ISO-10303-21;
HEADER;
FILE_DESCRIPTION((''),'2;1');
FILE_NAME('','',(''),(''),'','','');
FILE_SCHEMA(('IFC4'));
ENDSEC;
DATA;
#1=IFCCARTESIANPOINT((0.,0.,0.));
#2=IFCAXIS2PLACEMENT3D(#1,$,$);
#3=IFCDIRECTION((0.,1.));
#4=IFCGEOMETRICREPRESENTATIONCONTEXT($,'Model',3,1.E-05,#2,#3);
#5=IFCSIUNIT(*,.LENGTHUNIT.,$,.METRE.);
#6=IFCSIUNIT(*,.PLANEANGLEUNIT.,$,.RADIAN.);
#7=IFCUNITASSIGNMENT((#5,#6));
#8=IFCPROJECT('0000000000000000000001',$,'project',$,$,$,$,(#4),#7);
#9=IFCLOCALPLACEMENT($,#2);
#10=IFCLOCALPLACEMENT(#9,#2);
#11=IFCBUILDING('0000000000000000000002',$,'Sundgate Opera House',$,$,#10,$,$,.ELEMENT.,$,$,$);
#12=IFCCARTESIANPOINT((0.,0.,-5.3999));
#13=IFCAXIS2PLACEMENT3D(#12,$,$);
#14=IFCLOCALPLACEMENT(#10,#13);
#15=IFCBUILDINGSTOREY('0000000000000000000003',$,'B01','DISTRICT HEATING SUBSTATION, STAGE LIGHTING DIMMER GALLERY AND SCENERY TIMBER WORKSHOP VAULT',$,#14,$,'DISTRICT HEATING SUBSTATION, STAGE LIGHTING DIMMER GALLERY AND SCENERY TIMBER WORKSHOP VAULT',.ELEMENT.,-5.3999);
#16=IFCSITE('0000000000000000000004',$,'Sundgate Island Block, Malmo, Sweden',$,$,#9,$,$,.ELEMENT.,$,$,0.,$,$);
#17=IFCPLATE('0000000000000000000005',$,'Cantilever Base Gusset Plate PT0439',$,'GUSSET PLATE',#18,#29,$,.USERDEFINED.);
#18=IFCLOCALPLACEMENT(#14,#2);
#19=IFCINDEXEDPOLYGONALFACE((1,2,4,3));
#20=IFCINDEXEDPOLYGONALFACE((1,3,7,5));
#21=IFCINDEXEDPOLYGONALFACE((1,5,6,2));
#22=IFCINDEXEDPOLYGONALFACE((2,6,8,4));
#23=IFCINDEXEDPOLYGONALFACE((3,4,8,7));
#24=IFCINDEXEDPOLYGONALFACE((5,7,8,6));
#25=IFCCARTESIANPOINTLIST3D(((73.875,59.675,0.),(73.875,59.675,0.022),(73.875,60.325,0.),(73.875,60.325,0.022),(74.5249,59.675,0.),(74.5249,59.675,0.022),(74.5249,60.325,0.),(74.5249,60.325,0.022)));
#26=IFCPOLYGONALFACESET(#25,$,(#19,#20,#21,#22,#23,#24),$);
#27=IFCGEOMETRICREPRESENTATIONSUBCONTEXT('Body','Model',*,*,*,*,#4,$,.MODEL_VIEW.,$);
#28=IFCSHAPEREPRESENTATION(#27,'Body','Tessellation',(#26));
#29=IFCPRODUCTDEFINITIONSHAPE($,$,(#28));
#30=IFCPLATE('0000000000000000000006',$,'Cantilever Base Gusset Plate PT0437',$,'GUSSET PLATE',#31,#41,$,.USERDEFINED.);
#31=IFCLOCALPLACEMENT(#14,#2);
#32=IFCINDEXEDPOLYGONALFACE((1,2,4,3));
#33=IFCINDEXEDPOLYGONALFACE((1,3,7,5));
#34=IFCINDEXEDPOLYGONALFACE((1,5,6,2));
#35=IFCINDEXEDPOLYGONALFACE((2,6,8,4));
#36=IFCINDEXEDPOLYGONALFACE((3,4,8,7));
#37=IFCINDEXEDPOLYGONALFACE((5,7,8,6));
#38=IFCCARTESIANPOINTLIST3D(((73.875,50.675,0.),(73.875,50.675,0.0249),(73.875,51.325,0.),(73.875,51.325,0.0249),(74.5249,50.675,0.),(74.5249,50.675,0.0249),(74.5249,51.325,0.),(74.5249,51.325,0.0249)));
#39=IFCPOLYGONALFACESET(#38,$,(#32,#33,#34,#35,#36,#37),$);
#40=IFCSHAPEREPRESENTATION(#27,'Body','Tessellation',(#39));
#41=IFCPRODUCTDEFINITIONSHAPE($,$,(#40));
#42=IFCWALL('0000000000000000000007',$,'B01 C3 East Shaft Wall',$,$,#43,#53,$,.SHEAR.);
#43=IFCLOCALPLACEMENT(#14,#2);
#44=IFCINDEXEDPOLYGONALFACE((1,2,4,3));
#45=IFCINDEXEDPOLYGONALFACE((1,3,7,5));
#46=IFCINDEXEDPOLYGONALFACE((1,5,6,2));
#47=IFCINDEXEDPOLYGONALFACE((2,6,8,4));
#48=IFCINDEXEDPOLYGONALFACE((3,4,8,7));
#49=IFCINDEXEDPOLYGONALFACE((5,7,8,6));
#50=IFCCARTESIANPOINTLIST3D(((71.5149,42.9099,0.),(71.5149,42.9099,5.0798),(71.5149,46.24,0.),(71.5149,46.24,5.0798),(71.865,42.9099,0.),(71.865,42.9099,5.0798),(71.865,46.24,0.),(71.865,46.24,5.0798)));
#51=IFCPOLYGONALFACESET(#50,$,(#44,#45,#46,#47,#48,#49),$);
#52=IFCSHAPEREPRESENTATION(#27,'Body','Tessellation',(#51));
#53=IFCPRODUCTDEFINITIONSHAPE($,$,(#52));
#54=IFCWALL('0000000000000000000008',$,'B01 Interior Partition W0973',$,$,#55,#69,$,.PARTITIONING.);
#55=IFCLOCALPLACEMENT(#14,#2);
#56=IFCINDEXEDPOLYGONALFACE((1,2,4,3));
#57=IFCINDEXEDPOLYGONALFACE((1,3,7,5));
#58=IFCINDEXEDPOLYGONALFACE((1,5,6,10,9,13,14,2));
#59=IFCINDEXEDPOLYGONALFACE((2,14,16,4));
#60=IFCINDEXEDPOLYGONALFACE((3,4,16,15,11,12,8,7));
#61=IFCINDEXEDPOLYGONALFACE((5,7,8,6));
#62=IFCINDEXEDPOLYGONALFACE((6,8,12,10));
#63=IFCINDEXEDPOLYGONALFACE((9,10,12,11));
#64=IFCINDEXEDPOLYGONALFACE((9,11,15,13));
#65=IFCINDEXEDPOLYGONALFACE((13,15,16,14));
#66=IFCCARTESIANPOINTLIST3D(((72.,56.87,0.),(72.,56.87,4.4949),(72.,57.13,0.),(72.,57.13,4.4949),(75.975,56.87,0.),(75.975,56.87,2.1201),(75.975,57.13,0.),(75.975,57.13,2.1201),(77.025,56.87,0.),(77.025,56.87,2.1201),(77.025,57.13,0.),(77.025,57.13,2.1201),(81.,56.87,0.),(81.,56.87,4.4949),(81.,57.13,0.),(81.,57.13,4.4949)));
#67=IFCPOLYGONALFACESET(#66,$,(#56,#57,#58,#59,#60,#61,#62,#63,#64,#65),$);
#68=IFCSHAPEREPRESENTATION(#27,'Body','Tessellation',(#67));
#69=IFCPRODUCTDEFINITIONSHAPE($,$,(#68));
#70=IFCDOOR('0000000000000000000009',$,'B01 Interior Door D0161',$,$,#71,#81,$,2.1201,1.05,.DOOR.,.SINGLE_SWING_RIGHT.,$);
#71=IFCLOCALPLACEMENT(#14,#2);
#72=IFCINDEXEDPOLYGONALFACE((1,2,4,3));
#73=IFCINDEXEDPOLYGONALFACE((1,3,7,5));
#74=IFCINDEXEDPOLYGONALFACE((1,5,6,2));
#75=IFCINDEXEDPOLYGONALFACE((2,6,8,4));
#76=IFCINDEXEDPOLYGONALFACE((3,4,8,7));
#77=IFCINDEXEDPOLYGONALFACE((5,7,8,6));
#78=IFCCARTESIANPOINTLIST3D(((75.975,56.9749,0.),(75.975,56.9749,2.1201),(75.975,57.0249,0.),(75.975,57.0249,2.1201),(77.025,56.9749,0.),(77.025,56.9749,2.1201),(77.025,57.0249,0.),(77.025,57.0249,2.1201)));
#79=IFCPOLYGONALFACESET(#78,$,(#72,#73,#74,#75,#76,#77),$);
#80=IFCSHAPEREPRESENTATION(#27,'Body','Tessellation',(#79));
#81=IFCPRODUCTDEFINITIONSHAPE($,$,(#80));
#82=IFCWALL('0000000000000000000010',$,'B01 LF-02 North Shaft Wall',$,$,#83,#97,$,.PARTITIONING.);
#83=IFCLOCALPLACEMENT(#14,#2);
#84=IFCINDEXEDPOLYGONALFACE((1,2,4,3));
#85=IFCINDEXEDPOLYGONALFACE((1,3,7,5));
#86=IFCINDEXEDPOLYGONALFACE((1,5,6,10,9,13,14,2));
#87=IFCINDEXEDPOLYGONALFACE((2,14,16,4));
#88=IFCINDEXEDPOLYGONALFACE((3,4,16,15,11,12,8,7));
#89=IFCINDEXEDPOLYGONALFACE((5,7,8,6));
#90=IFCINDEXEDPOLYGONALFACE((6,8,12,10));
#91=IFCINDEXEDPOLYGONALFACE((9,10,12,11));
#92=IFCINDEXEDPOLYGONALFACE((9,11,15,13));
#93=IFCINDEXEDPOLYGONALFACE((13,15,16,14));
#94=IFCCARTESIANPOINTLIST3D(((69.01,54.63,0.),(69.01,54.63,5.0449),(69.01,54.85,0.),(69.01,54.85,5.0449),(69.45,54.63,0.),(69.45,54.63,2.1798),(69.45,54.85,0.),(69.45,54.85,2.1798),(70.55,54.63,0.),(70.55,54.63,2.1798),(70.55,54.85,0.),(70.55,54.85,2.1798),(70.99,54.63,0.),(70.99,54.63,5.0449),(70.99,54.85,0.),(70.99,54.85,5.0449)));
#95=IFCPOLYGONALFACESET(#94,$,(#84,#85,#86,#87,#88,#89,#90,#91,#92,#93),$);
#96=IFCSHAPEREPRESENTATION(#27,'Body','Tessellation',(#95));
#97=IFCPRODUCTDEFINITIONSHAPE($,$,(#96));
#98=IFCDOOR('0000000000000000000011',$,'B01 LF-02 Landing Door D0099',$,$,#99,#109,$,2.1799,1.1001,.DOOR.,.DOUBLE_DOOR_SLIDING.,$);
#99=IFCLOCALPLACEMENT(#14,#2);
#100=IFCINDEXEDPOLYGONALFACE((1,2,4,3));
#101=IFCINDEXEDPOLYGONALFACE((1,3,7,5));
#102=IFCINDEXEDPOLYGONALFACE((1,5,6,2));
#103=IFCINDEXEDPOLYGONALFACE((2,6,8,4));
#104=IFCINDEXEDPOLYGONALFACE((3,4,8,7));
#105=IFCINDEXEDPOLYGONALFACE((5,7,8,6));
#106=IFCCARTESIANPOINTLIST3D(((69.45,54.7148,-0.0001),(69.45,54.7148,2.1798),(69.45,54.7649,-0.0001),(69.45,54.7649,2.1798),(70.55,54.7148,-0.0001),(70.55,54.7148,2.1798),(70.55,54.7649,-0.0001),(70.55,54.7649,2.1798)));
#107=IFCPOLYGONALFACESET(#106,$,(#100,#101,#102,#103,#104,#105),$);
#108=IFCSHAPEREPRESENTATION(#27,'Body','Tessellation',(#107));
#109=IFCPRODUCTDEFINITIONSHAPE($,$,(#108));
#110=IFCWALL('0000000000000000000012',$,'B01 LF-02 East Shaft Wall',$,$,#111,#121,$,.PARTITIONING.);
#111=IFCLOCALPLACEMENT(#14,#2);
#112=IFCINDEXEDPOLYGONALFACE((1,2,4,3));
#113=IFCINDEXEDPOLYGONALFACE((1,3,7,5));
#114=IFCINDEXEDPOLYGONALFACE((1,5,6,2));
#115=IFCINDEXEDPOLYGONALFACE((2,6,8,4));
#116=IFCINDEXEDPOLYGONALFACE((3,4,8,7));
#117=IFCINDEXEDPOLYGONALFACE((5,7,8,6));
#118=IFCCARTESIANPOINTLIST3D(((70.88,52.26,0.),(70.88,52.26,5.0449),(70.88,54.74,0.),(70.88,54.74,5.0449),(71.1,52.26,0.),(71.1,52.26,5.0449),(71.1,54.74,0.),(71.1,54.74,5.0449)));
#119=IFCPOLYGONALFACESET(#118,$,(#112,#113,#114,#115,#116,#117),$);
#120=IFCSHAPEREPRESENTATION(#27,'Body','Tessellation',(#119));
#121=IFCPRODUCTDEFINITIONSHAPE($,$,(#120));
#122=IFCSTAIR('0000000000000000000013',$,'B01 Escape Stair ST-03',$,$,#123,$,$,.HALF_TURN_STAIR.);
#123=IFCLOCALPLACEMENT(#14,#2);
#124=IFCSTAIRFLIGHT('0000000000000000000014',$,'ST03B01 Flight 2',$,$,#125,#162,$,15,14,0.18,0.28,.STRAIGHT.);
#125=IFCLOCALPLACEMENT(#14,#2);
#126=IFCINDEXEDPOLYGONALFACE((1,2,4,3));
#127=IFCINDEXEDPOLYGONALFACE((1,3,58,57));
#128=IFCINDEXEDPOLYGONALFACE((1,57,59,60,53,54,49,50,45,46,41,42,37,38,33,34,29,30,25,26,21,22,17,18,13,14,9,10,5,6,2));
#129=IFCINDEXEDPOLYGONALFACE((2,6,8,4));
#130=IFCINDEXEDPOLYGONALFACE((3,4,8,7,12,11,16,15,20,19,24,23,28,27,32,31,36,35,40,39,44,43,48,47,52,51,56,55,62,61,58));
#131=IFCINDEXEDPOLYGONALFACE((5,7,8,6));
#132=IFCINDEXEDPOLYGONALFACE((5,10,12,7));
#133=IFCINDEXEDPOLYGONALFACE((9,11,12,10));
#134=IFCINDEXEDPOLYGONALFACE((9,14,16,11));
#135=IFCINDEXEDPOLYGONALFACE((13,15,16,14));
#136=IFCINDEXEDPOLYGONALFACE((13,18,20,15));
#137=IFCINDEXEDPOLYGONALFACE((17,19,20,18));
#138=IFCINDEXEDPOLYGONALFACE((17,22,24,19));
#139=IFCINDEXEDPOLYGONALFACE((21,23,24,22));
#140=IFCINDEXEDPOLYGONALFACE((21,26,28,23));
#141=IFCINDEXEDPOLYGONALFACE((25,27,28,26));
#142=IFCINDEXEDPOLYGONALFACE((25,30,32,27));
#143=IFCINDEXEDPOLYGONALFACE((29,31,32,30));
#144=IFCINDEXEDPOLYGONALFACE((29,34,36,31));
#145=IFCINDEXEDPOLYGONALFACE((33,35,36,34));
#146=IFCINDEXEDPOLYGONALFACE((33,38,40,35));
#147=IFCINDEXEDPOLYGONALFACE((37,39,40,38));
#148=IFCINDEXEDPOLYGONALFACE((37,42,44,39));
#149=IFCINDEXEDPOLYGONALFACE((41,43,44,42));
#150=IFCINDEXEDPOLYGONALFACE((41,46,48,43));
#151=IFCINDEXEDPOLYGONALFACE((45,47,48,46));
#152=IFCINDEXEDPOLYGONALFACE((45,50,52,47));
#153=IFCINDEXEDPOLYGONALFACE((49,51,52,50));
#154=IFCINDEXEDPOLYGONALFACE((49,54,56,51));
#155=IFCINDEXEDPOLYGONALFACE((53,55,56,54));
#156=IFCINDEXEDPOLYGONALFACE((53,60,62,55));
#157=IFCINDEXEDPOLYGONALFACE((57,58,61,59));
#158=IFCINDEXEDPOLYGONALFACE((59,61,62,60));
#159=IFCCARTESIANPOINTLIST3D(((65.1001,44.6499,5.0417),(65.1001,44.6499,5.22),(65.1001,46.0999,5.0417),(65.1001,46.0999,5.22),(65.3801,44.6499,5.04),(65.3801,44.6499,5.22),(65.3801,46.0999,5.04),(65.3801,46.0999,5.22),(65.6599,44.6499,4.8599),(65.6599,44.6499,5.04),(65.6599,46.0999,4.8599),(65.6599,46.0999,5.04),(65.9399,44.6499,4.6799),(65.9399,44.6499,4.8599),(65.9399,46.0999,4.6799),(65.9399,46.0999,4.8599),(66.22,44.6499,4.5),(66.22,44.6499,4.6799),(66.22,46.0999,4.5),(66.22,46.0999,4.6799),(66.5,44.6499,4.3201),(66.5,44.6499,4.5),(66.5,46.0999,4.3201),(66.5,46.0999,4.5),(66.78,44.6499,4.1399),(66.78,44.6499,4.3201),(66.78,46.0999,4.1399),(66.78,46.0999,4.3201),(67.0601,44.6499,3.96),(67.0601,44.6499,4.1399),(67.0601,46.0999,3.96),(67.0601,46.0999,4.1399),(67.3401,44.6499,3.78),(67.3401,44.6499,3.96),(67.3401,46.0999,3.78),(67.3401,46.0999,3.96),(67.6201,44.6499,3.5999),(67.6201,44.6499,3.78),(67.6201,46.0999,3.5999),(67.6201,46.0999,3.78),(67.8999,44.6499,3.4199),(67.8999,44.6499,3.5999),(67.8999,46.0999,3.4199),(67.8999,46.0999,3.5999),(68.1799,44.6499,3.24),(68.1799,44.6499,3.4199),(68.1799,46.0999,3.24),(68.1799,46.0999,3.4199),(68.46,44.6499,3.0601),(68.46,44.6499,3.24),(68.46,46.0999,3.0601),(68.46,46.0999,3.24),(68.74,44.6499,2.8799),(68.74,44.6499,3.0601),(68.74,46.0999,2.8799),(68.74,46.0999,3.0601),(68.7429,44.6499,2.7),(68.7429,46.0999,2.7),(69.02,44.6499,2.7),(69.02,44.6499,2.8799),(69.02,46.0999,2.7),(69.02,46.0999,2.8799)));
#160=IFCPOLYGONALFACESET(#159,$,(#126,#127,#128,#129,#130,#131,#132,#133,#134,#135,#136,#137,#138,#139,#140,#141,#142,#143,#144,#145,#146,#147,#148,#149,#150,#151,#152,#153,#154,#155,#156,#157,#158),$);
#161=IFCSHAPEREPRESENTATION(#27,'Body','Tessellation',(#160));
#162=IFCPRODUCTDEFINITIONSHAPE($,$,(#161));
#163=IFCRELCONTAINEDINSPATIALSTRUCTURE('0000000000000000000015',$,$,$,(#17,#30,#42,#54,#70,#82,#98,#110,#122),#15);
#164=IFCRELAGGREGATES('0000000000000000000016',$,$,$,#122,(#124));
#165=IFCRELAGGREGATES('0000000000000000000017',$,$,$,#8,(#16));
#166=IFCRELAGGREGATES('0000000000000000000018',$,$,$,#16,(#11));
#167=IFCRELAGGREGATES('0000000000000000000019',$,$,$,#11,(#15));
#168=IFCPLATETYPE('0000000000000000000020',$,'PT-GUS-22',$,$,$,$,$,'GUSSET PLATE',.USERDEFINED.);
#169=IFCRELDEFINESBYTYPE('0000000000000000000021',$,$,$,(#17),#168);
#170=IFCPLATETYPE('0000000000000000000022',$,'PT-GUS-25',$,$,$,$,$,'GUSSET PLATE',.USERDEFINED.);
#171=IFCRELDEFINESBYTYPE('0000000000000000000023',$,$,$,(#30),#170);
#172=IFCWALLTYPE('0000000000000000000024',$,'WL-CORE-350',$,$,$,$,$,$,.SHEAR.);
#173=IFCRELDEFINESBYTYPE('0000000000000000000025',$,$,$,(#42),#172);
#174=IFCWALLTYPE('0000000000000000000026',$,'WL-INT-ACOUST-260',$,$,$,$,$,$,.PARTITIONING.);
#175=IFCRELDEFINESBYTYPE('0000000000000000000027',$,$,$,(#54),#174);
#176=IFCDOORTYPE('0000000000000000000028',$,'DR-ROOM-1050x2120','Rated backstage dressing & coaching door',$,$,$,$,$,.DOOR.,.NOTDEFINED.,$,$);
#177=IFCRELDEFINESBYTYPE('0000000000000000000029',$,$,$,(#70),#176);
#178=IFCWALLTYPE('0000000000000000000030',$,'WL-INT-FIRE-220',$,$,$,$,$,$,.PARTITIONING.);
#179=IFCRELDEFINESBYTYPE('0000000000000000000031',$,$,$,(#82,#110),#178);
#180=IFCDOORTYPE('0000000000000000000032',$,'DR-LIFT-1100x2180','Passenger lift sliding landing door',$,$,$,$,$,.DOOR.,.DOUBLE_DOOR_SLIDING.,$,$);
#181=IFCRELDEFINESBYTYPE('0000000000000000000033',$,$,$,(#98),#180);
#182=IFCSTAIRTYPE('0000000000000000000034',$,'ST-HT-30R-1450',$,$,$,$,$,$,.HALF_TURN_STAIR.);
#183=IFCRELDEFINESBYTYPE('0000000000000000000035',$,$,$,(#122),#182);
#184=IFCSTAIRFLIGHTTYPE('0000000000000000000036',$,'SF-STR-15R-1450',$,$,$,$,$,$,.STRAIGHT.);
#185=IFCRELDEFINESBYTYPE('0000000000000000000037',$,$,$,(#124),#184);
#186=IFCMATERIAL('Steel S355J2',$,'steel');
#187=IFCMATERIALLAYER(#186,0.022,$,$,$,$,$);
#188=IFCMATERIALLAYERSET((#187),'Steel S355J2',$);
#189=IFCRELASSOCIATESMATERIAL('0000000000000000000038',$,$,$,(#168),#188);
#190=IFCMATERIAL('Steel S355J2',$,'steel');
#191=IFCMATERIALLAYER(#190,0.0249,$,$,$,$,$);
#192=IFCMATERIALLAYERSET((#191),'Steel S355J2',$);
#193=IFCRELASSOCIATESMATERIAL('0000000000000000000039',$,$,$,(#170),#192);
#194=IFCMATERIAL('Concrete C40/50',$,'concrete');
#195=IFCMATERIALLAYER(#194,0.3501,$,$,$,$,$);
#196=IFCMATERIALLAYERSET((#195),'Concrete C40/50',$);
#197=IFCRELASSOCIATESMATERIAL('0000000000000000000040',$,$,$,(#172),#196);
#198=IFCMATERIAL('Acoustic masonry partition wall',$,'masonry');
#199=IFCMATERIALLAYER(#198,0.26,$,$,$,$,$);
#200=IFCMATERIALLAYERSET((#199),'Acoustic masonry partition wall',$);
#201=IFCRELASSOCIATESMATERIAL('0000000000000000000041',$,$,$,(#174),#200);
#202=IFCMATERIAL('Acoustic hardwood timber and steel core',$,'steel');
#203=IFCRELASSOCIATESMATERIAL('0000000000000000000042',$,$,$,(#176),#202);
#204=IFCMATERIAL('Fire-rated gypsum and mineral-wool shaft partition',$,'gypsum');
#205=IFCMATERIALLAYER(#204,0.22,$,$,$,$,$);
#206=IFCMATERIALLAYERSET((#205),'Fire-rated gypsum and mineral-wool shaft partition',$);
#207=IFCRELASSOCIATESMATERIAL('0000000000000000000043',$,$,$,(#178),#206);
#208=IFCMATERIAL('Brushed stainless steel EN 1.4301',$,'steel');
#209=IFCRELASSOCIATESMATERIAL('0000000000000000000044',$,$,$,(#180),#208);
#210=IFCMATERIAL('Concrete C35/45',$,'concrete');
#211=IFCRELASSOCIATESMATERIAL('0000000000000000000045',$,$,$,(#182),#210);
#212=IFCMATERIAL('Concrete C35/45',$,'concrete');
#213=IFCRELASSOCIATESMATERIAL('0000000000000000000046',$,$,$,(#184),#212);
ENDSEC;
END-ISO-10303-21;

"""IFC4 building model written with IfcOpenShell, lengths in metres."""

from ifc_helpers import new_model, si_unit, direction, frame, frame_2d, origin, origin_2d, place, context, subcontext, project, spatial, polyline, rectangle, outline, extrude, material, layer, layer_set, type_object, element, fill, aggregate, save


model = new_model("IFC4")

# Units and contexts
model_context = context("Model", 3, precision=1e-05, world=origin(), true_north=direction((0.0, 1.0)))
body_context = subcontext(model_context, "Body", "Model", "MODEL_VIEW")
ifc_project = project(units=[si_unit("LENGTHUNIT", "METRE"), si_unit("PLANEANGLEUNIT", "RADIAN")], contexts=[model_context])

# Site, building, storey
site_placement = place(None, origin())
site = spatial("IfcSite", under=ifc_project, at=site_placement, Name="Sundgate Island Block, Malmo, Sweden", CompositionType="ELEMENT", RefElevation=0.0)
building_placement = place(site_placement, origin())
building = spatial("IfcBuilding", under=site, at=building_placement, Name="Sundgate Opera House", CompositionType="ELEMENT")
storey_placement = place(building_placement, frame((0.0, 0.0, -5.3999)))
storey = spatial("IfcBuildingStorey", under=building, at=storey_placement, Name="B01", Description="DISTRICT HEATING SUBSTATION, STAGE LIGHTING DIMMER GALLERY AND SCENERY TIMBER WORKSHOP VAULT", LongName="DISTRICT HEATING SUBSTATION, STAGE LIGHTING DIMMER GALLERY AND SCENERY TIMBER WORKSHOP VAULT", CompositionType="ELEMENT", Elevation=-5.3999)

# Plates
ifc_material_1 = material(Name="Steel S355J2", Category="steel")
ifc_layer_1 = layer(ifc_material_1, 0.022)
ifc_layer_set_1 = layer_set([ifc_layer_1], Name="Steel S355J2")
plate_type_1 = type_object("IfcPlateType", Name="PT-GUS-22", ElementType="GUSSET PLATE", PredefinedType="USERDEFINED", material=ifc_layer_set_1)
plate_1_placement = place(storey_placement, frame((74.2, 60.0, 0.0), z_axis=(0.0, 0.0, 1.0), x_axis=(1.0, 0.0, 0.0)))
element("IfcPlate", 1, at=plate_1_placement, inside=storey, type_object=plate_type_1, Name="Cantilever Base Gusset Plate PT0439", ObjectType="GUSSET PLATE", PredefinedType="USERDEFINED", context=body_context, shape_type="SweptSolid", body=[
    extrude(rectangle(XDim=0.6499, YDim=0.6499, at=origin_2d()), origin(), (0.0, 0.0, 1.0), 0.022),
])
ifc_material_2 = material(Name="Steel S355J2", Category="steel")
ifc_layer_2 = layer(ifc_material_2, 0.0249)
ifc_layer_set_2 = layer_set([ifc_layer_2], Name="Steel S355J2")
plate_type_2 = type_object("IfcPlateType", Name="PT-GUS-25", ElementType="GUSSET PLATE", PredefinedType="USERDEFINED", material=ifc_layer_set_2)
plate_2_placement = place(storey_placement, frame((74.2, 51.0, 0.0), z_axis=(0.0, 0.0, 1.0), x_axis=(1.0, 0.0, 0.0)))
element("IfcPlate", 2, at=plate_2_placement, inside=storey, type_object=plate_type_2, Name="Cantilever Base Gusset Plate PT0437", ObjectType="GUSSET PLATE", PredefinedType="USERDEFINED", context=body_context, shape_type="SweptSolid", body=[
    extrude(rectangle(XDim=0.6499, YDim=0.6499, at=origin_2d()), origin(), (0.0, 0.0, 1.0), 0.0249),
])

# Wall
ifc_material_3 = material(Name="Concrete C40/50", Category="concrete")
ifc_layer_3 = layer(ifc_material_3, 0.3501)
ifc_layer_set_3 = layer_set([ifc_layer_3], Name="Concrete C40/50")
wall_type_1 = type_object("IfcWallType", Name="WL-CORE-350", PredefinedType="SHEAR", material=ifc_layer_set_3)
wall_1_placement = place(storey_placement, frame((71.6899, 42.9099, 0.0), z_axis=(0.0, 0.0, 1.0), x_axis=(0.0, 1.0, 0.0)))
element("IfcWall", 3, at=wall_1_placement, inside=storey, type_object=wall_type_1, Name="B01 C3 East Shaft Wall", PredefinedType="SHEAR", context=body_context, shape_type="SweptSolid", body=[
    extrude(rectangle(XDim=3.3301, YDim=0.3501, at=frame_2d((1.665, 0.0))), origin(), (0.0, 0.0, 1.0), 5.0798),
])

# Walls, openings, doors
ifc_material_4 = material(Name="Acoustic masonry partition wall", Category="masonry")
ifc_layer_4 = layer(ifc_material_4, 0.26)
ifc_layer_set_4 = layer_set([ifc_layer_4], Name="Acoustic masonry partition wall")
wall_type_2 = type_object("IfcWallType", Name="WL-INT-ACOUST-260", PredefinedType="PARTITIONING", material=ifc_layer_set_4)
wall_2_placement = place(storey_placement, frame((72.0, 57.0, 0.0), z_axis=(0.0, 0.0, 1.0), x_axis=(1.0, 0.0, 0.0)))
wall_2 = element("IfcWall", 4, at=wall_2_placement, inside=storey, type_object=wall_type_2, Name="B01 Interior Partition W0973", PredefinedType="PARTITIONING", context=body_context, shape_type="SweptSolid", body=[
    extrude(rectangle(XDim=9.0, YDim=0.26, at=frame_2d((4.5, 0.0))), origin(), (0.0, 0.0, 1.0), 4.4949),
])
opening_1_placement = place(wall_2_placement, frame((3.9751, 0.0, 0.0)))
opening_1 = element("IfcOpeningElement", 5, at=opening_1_placement, cuts=wall_2, PredefinedType="OPENING", context=body_context, shape_type="SweptSolid", body=[
    extrude(rectangle(XDim=1.05, YDim=2.1201, at=frame_2d((0.5249, 1.0601))), frame((0.0, 0.1399, 0.0), z_axis=(0.0, -1.0, 0.0), x_axis=(1.0, 0.0, 0.0)), (0.0, 0.0, 1.0), 0.28),
])
ifc_material_5 = material(Name="Acoustic hardwood timber and steel core", Category="steel")
door_type_1 = type_object("IfcDoorType", Name="DR-ROOM-1050x2120", Description="Rated backstage dressing & coaching door", OperationType="NOTDEFINED", PredefinedType="DOOR", material=ifc_material_5)
door_1_placement = place(opening_1_placement, origin())
door_1 = element("IfcDoor", 6, at=door_1_placement, inside=storey, type_object=door_type_1, Name="B01 Interior Door D0161", OperationType="SINGLE_SWING_RIGHT", OverallHeight=2.1201, OverallWidth=1.05, PredefinedType="DOOR", context=body_context, shape_type="SweptSolid", body=[
    extrude(rectangle(XDim=1.05, YDim=2.1201, at=frame_2d((0.5249, 1.0601))), frame((0.0, 0.0249, 0.0), z_axis=(0.0, -1.0, 0.0), x_axis=(1.0, 0.0, 0.0)), (0.0, 0.0, 1.0), 0.05),
])
fill(opening_1, door_1)
ifc_material_6 = material(Name="Fire-rated gypsum and mineral-wool shaft partition", Category="gypsum")
ifc_layer_5 = layer(ifc_material_6, 0.22)
ifc_layer_set_5 = layer_set([ifc_layer_5], Name="Fire-rated gypsum and mineral-wool shaft partition")
wall_type_3 = type_object("IfcWallType", Name="WL-INT-FIRE-220", PredefinedType="PARTITIONING", material=ifc_layer_set_5)
wall_3_placement = place(storey_placement, frame((69.01, 54.74, 0.0), z_axis=(0.0, 0.0, 1.0), x_axis=(1.0, 0.0, 0.0)))
wall_3 = element("IfcWall", 7, at=wall_3_placement, inside=storey, type_object=wall_type_3, Name="B01 LF-02 North Shaft Wall", PredefinedType="PARTITIONING", context=body_context, shape_type="SweptSolid", body=[
    extrude(rectangle(XDim=1.98, YDim=0.22, at=frame_2d((0.99, 0.0))), origin(), (0.0, 0.0, 1.0), 5.0449),
])
opening_2_placement = place(wall_3_placement, frame((0.4399, 0.0, 0.0)))
opening_2 = element("IfcOpeningElement", 8, at=opening_2_placement, cuts=wall_3, PredefinedType="OPENING", context=body_context, shape_type="SweptSolid", body=[
    extrude(rectangle(XDim=1.1001, YDim=2.1799, at=frame_2d((0.55, 1.0898))), frame((0.0, 0.1199, 0.0), z_axis=(0.0, -1.0, 0.0), x_axis=(1.0, 0.0, 0.0)), (0.0, 0.0, 1.0), 0.24),
])
ifc_material_7 = material(Name="Brushed stainless steel EN 1.4301", Category="steel")
door_type_2 = type_object("IfcDoorType", Name="DR-LIFT-1100x2180", Description="Passenger lift sliding landing door", OperationType="DOUBLE_DOOR_SLIDING", PredefinedType="DOOR", material=ifc_material_7)
door_2_placement = place(opening_2_placement, origin())
door_2 = element("IfcDoor", 9, at=door_2_placement, inside=storey, type_object=door_type_2, Name="B01 LF-02 Landing Door D0099", OperationType="DOUBLE_DOOR_SLIDING", OverallHeight=2.1799, OverallWidth=1.1001, PredefinedType="DOOR", context=body_context, shape_type="SweptSolid", body=[
    extrude(rectangle(XDim=1.1001, YDim=2.1799, at=frame_2d((0.55, 1.0898))), frame((0.0, 0.0249, 0.0), z_axis=(0.0, -1.0, 0.0), x_axis=(1.0, 0.0, 0.0)), (0.0, 0.0, 1.0), 0.05),
])
fill(opening_2, door_2)

# Wall
wall_4_placement = place(storey_placement, frame((70.99, 52.26, 0.0), z_axis=(0.0, 0.0, 1.0), x_axis=(0.0, 1.0, 0.0)))
element("IfcWall", 10, at=wall_4_placement, inside=storey, type_object=wall_type_3, Name="B01 LF-02 East Shaft Wall", PredefinedType="PARTITIONING", context=body_context, shape_type="SweptSolid", body=[
    extrude(rectangle(XDim=2.48, YDim=0.22, at=frame_2d((1.24, 0.0))), origin(), (0.0, 0.0, 1.0), 5.0449),
])

# Stair, stair flight
ifc_material_8 = material(Name="Concrete C35/45", Category="concrete")
stair_type = type_object("IfcStairType", Name="ST-HT-30R-1450", PredefinedType="HALF_TURN_STAIR", material=ifc_material_8)
stair_placement = place(storey_placement, origin())
stair = element("IfcStair", 11, at=stair_placement, inside=storey, type_object=stair_type, Name="B01 Escape Stair ST-03", PredefinedType="HALF_TURN_STAIR")
ifc_material_9 = material(Name="Concrete C35/45", Category="concrete")
stair_flight_type = type_object("IfcStairFlightType", Name="SF-STR-15R-1450", PredefinedType="STRAIGHT", material=ifc_material_9)
stair_flight_placement = place(storey_placement, frame((69.02, 45.375, 2.7), z_axis=(0.0, 0.0, 1.0), x_axis=(-1.0, 0.0, 0.0)))
stair_flight = element("IfcStairFlight", 12, at=stair_flight_placement, type_object=stair_flight_type, Name="ST03B01 Flight 2", NumberOfRisers=15, NumberOfTreads=14, PredefinedType="STRAIGHT", RiserHeight=0.18, TreadLength=0.28, context=body_context, shape_type="SweptSolid", body=[
    extrude(outline(polyline([(0.0, 0.0), (0.0, 0.1799), (0.28, 0.1799), (0.28, 0.3601), (0.5601, 0.3601), (0.5601, 0.54), (0.8401, 0.54), (0.8401, 0.72), (1.1201, 0.72), (1.1201, 0.8999), (1.3999, 0.8999), (1.3999, 1.0801), (1.6799, 1.0801), (1.6799, 1.26), (1.96, 1.26), (1.96, 1.4399), (2.24, 1.4399), (2.24, 1.6201), (2.52, 1.6201), (2.52, 1.8), (2.8, 1.8), (2.8, 1.98), (3.0801, 1.98), (3.0801, 2.1599), (3.3601, 2.1599), (3.3601, 2.3401), (3.6399, 2.3401), (3.6399, 2.52), (3.9199, 2.52), (3.9199, 2.7), (3.9199, 2.3418), (0.2771, 0.0), (0.0, 0.0)])), frame((0.0, 0.7251, 0.0), z_axis=(0.0, -1.0, 0.0), x_axis=(1.0, 0.0, 0.0)), (0.0, 0.0, 1.0), 1.45),
])
aggregate(stair, [stair_flight])

save(model, "model.ifc")
